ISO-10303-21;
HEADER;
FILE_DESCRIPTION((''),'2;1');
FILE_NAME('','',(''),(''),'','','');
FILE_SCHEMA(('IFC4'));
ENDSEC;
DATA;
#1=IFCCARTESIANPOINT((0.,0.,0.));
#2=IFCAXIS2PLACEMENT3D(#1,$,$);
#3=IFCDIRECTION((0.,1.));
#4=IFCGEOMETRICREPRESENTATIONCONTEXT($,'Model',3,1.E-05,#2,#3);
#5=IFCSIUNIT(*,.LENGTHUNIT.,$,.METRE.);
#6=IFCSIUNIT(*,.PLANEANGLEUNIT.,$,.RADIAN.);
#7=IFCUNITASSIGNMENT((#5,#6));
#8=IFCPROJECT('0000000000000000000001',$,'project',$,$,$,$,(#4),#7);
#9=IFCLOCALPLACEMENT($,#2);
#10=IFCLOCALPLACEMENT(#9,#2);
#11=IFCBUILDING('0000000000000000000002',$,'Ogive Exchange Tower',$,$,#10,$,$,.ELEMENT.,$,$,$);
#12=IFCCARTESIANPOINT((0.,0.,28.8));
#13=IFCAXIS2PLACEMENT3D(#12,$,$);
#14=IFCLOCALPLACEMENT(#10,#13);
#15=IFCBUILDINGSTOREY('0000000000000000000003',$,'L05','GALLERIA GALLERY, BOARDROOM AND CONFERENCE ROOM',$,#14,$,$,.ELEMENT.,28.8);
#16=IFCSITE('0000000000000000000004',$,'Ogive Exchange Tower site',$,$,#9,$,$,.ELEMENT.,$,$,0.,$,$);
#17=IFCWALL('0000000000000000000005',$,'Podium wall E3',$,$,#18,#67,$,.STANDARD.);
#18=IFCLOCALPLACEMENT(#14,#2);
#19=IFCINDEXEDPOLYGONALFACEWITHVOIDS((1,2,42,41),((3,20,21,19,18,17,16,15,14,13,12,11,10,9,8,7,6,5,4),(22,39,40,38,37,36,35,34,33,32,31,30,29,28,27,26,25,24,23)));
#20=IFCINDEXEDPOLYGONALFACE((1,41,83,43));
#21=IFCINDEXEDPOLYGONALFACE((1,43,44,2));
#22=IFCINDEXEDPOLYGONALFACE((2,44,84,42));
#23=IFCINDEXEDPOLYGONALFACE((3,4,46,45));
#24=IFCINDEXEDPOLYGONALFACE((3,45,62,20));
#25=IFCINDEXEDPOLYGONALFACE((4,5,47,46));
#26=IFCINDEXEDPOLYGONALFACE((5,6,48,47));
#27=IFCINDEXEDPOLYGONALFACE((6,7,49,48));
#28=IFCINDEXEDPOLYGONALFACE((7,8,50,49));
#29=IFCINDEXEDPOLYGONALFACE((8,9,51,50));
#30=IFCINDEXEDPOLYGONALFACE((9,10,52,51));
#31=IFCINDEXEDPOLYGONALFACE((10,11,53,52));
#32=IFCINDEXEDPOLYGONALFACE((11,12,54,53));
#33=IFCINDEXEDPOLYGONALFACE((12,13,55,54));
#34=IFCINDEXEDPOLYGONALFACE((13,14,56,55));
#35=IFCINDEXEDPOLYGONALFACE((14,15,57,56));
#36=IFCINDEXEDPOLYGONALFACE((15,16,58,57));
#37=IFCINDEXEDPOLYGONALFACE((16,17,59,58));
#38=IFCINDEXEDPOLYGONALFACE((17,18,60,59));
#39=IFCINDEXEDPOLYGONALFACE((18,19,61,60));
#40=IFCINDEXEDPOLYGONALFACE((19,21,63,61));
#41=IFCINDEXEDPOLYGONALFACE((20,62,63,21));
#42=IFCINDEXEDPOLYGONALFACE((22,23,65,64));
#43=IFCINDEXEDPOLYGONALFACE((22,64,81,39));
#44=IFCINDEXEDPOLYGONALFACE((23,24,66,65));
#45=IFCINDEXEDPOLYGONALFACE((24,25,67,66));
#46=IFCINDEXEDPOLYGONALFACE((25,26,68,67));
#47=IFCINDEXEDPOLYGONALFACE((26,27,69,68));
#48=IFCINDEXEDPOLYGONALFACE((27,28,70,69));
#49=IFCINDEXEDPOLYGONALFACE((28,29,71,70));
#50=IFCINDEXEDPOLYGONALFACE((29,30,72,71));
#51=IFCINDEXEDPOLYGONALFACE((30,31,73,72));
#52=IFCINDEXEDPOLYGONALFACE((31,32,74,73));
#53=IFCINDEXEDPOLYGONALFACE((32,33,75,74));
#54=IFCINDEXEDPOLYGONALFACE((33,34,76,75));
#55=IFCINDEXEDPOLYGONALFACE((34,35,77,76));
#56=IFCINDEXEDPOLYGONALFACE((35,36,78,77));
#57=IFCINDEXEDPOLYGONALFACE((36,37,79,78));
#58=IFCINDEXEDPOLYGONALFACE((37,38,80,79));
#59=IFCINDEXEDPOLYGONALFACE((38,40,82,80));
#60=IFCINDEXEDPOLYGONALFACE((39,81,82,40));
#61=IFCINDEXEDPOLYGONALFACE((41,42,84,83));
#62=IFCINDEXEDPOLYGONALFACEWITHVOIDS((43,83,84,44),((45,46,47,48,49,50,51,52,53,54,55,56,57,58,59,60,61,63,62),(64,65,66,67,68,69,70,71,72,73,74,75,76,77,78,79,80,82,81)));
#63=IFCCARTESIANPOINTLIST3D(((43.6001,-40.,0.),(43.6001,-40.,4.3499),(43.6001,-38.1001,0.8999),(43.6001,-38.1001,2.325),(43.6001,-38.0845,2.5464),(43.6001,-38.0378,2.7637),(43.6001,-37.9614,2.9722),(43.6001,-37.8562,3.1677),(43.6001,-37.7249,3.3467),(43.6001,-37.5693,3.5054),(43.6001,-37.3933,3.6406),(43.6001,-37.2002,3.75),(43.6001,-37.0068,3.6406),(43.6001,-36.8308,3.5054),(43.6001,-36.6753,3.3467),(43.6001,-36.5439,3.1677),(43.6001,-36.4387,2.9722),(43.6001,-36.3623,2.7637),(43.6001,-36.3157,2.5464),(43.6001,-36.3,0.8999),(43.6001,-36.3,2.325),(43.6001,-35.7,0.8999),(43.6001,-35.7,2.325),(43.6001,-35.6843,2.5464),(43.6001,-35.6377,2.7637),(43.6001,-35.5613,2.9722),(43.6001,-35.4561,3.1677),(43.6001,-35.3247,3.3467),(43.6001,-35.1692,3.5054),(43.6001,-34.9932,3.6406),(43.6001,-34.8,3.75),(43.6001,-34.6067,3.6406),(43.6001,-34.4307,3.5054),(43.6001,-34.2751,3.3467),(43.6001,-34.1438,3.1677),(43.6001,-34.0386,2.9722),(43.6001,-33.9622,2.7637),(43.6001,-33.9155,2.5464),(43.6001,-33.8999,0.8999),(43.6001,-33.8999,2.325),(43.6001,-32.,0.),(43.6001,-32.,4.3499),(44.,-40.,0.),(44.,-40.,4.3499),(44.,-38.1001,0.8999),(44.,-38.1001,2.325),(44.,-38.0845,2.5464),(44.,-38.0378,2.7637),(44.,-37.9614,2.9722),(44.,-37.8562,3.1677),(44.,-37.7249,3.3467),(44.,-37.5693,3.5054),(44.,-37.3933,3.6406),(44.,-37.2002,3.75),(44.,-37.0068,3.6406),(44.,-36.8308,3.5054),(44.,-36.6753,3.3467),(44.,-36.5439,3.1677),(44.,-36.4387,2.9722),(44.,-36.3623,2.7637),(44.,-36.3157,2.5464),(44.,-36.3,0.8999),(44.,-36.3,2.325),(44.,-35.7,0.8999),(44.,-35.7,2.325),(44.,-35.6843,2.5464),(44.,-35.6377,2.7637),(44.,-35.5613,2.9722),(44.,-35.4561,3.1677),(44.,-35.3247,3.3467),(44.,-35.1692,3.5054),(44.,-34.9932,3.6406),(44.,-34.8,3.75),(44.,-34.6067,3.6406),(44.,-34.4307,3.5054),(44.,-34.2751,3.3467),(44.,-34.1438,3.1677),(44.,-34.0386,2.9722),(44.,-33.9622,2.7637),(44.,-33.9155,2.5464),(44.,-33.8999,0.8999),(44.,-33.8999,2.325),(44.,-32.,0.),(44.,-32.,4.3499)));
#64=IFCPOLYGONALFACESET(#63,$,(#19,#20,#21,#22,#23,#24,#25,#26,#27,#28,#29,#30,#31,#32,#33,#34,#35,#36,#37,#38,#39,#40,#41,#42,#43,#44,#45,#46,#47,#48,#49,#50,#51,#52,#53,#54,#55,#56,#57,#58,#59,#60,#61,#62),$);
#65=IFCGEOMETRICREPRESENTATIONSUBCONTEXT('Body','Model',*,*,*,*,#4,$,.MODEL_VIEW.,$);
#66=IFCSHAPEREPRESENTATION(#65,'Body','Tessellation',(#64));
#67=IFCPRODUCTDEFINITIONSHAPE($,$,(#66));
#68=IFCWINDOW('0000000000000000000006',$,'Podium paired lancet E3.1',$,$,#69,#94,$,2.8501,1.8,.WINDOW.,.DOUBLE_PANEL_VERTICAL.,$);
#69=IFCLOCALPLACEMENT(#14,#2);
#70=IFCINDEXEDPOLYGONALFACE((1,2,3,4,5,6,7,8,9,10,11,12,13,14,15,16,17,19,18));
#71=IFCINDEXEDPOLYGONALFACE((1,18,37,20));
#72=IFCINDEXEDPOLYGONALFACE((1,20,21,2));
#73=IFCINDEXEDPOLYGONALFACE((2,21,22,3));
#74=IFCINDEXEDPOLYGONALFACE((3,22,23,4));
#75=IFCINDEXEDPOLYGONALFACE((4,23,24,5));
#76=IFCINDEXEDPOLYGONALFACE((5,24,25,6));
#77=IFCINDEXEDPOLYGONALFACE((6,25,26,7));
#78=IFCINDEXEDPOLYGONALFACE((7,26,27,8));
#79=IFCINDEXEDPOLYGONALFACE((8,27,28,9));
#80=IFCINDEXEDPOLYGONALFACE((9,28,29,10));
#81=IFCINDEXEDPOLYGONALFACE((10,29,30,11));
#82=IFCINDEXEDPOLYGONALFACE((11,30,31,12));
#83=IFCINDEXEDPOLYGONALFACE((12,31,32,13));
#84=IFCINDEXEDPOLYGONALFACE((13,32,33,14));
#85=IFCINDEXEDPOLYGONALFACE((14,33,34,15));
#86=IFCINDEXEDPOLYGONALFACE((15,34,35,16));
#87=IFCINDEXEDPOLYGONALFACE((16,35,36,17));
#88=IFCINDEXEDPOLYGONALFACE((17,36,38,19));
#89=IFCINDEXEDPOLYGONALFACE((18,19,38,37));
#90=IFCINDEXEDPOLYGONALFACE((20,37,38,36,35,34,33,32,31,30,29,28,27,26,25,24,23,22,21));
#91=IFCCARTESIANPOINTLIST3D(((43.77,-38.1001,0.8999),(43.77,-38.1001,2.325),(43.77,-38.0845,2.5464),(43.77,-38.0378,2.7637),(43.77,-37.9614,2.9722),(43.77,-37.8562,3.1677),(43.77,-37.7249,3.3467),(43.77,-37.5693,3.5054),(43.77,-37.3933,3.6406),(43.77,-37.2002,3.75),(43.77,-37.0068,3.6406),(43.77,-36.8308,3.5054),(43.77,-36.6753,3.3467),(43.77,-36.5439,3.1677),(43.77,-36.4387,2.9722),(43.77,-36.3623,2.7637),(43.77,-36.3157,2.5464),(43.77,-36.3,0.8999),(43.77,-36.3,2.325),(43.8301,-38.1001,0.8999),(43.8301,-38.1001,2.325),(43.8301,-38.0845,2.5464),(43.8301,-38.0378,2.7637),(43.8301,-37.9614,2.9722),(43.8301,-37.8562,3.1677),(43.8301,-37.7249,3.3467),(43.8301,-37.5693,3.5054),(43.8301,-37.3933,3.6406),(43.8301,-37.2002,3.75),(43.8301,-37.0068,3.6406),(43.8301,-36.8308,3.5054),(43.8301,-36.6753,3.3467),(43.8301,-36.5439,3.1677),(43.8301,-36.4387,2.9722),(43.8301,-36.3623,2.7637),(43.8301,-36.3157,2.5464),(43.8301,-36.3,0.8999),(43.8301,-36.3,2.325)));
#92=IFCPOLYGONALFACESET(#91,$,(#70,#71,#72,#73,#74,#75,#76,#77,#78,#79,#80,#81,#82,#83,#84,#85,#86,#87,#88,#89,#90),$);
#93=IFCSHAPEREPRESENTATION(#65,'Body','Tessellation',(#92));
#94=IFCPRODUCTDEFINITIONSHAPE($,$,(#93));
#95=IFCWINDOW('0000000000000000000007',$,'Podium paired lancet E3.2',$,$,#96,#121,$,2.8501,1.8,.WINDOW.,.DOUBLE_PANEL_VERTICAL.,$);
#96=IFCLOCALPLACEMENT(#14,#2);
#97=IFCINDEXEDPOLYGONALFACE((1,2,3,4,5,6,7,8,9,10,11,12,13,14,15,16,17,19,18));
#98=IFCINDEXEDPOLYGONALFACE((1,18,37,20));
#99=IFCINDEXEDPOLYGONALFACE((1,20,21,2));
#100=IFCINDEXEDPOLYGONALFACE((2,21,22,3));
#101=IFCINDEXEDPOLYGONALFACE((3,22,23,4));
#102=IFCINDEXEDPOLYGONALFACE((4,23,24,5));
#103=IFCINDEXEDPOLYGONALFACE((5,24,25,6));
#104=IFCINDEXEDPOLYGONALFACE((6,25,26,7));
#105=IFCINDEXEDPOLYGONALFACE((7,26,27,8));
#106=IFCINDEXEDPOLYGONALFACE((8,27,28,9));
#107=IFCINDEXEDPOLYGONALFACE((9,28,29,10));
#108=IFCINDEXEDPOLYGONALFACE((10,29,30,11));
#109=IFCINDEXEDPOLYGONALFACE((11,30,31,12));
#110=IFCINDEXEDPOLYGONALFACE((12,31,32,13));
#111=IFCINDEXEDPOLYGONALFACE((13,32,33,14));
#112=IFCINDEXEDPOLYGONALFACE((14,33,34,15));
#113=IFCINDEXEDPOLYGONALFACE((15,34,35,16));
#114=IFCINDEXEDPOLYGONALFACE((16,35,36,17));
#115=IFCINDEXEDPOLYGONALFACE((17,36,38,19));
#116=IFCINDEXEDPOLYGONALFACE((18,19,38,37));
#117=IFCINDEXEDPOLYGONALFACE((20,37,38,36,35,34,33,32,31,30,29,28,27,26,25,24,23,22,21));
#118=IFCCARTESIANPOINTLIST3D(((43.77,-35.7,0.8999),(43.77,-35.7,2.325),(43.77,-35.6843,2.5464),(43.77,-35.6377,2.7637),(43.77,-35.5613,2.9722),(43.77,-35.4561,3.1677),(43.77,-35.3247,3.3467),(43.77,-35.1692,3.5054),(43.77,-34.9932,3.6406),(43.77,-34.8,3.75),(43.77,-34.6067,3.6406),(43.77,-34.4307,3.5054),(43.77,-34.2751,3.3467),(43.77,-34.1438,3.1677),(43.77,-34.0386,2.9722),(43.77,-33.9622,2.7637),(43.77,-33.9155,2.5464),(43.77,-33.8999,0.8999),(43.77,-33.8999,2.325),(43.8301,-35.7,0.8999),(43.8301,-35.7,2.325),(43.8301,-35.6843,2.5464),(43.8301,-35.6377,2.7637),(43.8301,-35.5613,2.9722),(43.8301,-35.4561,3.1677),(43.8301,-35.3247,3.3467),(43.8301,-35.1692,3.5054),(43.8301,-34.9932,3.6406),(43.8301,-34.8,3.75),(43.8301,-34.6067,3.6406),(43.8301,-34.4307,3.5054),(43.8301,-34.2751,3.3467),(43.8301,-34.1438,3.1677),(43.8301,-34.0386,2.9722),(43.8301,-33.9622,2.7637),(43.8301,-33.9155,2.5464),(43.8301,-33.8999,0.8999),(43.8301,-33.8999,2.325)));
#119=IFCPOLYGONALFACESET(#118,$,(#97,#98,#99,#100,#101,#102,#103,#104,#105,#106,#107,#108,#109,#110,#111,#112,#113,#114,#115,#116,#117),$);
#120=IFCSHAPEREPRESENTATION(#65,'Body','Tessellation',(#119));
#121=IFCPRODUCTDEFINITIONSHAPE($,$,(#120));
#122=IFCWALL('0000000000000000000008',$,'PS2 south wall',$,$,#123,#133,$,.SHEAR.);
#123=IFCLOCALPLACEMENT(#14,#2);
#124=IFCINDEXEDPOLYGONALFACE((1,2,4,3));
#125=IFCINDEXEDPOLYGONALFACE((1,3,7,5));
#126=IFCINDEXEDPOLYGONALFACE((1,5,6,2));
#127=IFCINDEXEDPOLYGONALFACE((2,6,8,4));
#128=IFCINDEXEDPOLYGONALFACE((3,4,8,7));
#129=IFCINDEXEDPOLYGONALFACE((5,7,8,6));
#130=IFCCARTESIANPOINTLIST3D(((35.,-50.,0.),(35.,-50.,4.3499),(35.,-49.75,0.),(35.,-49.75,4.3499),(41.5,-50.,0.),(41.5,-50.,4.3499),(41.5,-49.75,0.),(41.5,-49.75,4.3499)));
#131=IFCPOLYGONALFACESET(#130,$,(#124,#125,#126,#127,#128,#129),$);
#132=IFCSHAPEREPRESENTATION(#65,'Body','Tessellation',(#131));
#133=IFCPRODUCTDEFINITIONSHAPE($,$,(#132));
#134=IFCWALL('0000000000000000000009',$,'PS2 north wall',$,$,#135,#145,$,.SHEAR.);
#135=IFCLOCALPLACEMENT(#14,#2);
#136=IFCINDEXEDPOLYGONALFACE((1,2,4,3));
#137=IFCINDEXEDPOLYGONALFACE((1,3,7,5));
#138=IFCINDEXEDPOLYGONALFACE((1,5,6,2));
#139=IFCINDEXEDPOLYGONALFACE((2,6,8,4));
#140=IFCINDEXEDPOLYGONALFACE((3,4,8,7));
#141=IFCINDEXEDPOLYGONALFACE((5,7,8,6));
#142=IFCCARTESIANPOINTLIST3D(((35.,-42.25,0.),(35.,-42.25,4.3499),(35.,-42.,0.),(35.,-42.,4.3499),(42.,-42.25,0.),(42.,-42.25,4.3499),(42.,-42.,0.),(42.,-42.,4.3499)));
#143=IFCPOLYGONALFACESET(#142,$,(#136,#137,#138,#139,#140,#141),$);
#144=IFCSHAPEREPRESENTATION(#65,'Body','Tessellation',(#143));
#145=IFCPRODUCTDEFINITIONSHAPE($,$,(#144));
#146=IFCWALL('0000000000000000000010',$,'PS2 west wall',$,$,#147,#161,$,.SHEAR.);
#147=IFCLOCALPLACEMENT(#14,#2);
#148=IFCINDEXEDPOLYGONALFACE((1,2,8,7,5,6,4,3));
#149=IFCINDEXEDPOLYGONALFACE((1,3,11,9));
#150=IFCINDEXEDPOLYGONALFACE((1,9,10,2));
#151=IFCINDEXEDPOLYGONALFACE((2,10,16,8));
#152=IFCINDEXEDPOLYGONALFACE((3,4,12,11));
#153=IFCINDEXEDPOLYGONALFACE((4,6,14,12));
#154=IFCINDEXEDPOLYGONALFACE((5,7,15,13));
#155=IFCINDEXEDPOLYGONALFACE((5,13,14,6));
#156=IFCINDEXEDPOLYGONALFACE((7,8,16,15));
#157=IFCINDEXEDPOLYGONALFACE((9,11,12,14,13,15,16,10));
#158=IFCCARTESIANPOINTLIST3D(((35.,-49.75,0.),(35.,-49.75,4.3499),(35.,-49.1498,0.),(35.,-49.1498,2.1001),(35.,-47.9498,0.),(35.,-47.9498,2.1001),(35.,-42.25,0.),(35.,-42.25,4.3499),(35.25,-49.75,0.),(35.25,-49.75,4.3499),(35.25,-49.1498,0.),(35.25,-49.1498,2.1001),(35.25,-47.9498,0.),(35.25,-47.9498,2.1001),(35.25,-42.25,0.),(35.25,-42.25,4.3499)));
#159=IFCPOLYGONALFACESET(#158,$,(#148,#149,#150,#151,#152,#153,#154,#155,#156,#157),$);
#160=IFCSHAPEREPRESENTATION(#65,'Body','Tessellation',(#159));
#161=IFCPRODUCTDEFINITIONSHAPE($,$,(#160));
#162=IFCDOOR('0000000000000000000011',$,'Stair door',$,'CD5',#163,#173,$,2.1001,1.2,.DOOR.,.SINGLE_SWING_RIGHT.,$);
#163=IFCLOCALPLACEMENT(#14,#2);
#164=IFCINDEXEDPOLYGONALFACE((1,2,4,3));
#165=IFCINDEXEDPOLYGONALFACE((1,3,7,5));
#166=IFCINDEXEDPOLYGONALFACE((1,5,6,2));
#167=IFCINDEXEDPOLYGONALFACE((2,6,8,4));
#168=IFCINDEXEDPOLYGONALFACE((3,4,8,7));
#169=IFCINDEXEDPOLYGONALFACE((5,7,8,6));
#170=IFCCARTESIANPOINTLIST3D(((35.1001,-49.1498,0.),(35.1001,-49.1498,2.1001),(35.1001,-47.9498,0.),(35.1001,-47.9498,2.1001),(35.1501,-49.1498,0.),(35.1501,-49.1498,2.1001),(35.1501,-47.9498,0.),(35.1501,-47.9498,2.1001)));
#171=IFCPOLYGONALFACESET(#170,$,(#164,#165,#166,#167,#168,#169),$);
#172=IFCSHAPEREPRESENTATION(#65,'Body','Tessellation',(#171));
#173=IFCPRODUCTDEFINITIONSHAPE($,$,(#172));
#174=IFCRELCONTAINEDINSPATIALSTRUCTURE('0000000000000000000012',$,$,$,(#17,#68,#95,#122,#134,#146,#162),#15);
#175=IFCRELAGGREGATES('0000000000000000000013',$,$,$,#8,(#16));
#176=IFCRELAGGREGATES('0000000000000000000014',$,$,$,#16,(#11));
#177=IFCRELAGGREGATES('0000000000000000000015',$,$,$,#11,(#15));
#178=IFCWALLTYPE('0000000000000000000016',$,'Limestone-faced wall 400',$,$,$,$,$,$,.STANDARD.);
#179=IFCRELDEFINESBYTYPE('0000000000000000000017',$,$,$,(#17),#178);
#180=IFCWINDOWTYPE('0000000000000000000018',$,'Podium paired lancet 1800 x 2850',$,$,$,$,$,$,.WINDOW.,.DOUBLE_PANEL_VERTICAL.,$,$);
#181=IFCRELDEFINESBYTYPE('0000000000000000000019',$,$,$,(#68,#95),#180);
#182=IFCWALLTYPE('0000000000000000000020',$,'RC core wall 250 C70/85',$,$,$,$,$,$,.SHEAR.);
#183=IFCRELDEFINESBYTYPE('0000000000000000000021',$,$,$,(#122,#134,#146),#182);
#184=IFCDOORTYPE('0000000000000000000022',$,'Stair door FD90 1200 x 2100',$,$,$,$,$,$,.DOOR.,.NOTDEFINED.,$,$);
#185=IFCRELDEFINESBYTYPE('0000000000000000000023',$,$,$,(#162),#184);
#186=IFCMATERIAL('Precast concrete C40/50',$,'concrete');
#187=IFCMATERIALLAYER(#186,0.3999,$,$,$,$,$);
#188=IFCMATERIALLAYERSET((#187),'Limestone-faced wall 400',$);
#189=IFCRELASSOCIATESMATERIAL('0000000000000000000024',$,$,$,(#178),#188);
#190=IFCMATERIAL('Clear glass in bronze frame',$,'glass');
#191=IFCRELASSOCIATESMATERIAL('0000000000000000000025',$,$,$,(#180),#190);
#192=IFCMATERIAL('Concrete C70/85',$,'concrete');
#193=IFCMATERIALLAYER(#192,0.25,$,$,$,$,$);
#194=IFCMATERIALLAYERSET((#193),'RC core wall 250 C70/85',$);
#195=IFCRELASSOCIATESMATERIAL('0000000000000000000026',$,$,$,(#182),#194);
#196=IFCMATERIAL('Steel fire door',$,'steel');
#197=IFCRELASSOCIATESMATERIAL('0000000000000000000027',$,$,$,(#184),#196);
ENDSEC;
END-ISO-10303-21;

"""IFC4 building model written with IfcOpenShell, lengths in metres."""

from ifc_helpers import new_model, si_unit, direction, frame, frame_2d, origin, place, context, subcontext, project, spatial, polyline, rectangle, outline, extrude, material, layer, layer_set, type_object, element, fill, save


model = new_model("IFC4")

# Units and contexts
model_context = context("Model", 3, precision=1e-05, world=origin(), true_north=direction((0.0, 1.0)))
body_context = subcontext(model_context, "Body", "Model", "MODEL_VIEW")
ifc_project = project(units=[si_unit("LENGTHUNIT", "METRE"), si_unit("PLANEANGLEUNIT", "RADIAN")], contexts=[model_context])

# Site, building, storey
site_placement = place(None, origin())
site = spatial("IfcSite", under=ifc_project, at=site_placement, Name="Ogive Exchange Tower site", CompositionType="ELEMENT", RefElevation=0.0)
building_placement = place(site_placement, origin())
building = spatial("IfcBuilding", under=site, at=building_placement, Name="Ogive Exchange Tower", CompositionType="ELEMENT")
storey_placement = place(building_placement, frame((0.0, 0.0, 28.8)))
storey = spatial("IfcBuildingStorey", under=building, at=storey_placement, Name="L05", Description="GALLERIA GALLERY, BOARDROOM AND CONFERENCE ROOM", CompositionType="ELEMENT", Elevation=28.8)

# Shared definitions
ifc_material_1 = material(Name="Concrete C70/85", Category="concrete")

# Shared definitions
ifc_material_2 = material(Name="Precast concrete C40/50", Category="concrete")
ifc_layer_1 = layer(ifc_material_2, 0.3999)
ifc_layer_set_1 = layer_set([ifc_layer_1], Name="Limestone-faced wall 400")
wall_type_1 = type_object("IfcWallType", Name="Limestone-faced wall 400", PredefinedType="STANDARD", material=ifc_layer_set_1)

# Shared definitions
ifc_material_3 = material(Name="Clear glass in bronze frame", Category="glass")

# Wall, openings, windows
wall_1_placement = place(storey_placement, frame((43.8, -40.0, 0.0), z_axis=(0.0, 0.0, 1.0), x_axis=(0.0, 1.0, 0.0)))
wall_1 = element("IfcWall", 1, at=wall_1_placement, inside=storey, type_object=wall_type_1, Name="Podium wall E3", PredefinedType="STANDARD", context=body_context, shape_type="SweptSolid", body=[
    extrude(rectangle(XDim=8.0, YDim=0.3999, at=frame_2d((4.0, 0.0))), origin(), (0.0, 0.0, 1.0), 4.3499),
])
opening_1_placement = place(wall_1_placement, frame((1.8999, 0.0, 0.8999)))
opening_1 = element("IfcOpeningElement", 2, at=opening_1_placement, cuts=wall_1, PredefinedType="OPENING", context=body_context, shape_type="SweptSolid", body=[
    extrude(outline(polyline([(0.0, 0.0), (1.8, 0.0), (1.8, 1.425), (1.7844, 1.6465), (1.7378, 1.8638), (1.6614, 2.0723), (1.5562, 2.2678), (1.4248, 2.4468), (1.2693, 2.6055), (1.0933, 2.7407), (0.8999, 2.8501), (0.7068, 2.7407), (0.5308, 2.6055), (0.3752, 2.4468), (0.2439, 2.2678), (0.1387, 2.0723), (0.0623, 1.8638), (0.0156, 1.6465), (0.0, 1.425), (0.0, 0.0)])), frame((0.0, 0.21, 0.0), z_axis=(0.0, -1.0, 0.0), x_axis=(1.0, 0.0, 0.0)), (0.0, 0.0, 1.0), 0.4199),
])
opening_2_placement = place(wall_1_placement, frame((4.3, 0.0, 0.8999)))
opening_2 = element("IfcOpeningElement", 3, at=opening_2_placement, cuts=wall_1, PredefinedType="OPENING", context=body_context, shape_type="SweptSolid", body=[
    extrude(outline(polyline([(0.0, 0.0), (1.8, 0.0), (1.8, 1.425), (1.7844, 1.6465), (1.7378, 1.8638), (1.6614, 2.0723), (1.5562, 2.2678), (1.4248, 2.4468), (1.2693, 2.6055), (1.0933, 2.7407), (0.8999, 2.8501), (0.7068, 2.7407), (0.5308, 2.6055), (0.3752, 2.4468), (0.2439, 2.2678), (0.1387, 2.0723), (0.0623, 1.8638), (0.0156, 1.6465), (0.0, 1.425), (0.0, 0.0)])), frame((0.0, 0.21, 0.0), z_axis=(0.0, -1.0, 0.0), x_axis=(1.0, 0.0, 0.0)), (0.0, 0.0, 1.0), 0.4199),
])
window_type_1 = type_object("IfcWindowType", Name="Podium paired lancet 1800 x 2850", PartitioningType="DOUBLE_PANEL_VERTICAL", PredefinedType="WINDOW", material=ifc_material_3)
window_1_placement = place(opening_1_placement, origin())
window_1 = element("IfcWindow", 4, at=window_1_placement, inside=storey, type_object=window_type_1, Name="Podium paired lancet E3.1", OverallHeight=2.8501, OverallWidth=1.8, PartitioningType="DOUBLE_PANEL_VERTICAL", PredefinedType="WINDOW", context=body_context, shape_type="SweptSolid", body=[
    extrude(outline(polyline([(0.0, 0.0), (1.8, 0.0), (1.8, 1.425), (1.7844, 1.6465), (1.7378, 1.8638), (1.6614, 2.0723), (1.5562, 2.2678), (1.4248, 2.4468), (1.2693, 2.6055), (1.0933, 2.7407), (0.8999, 2.8501), (0.7068, 2.7407), (0.5308, 2.6055), (0.3752, 2.4468), (0.2439, 2.2678), (0.1387, 2.0723), (0.0623, 1.8638), (0.0156, 1.6465), (0.0, 1.425), (0.0, 0.0)])), frame((0.0, 0.03, 0.0), z_axis=(0.0, -1.0, 0.0), x_axis=(1.0, 0.0, 0.0)), (0.0, 0.0, 1.0), 0.0601),
])
fill(opening_1, window_1)
window_2_placement = place(opening_2_placement, origin())
window_2 = element("IfcWindow", 5, at=window_2_placement, inside=storey, type_object=window_type_1, Name="Podium paired lancet E3.2", OverallHeight=2.8501, OverallWidth=1.8, PartitioningType="DOUBLE_PANEL_VERTICAL", PredefinedType="WINDOW", context=body_context, shape_type="SweptSolid", body=[
    extrude(outline(polyline([(0.0, 0.0), (1.8, 0.0), (1.8, 1.425), (1.7844, 1.6465), (1.7378, 1.8638), (1.6614, 2.0723), (1.5562, 2.2678), (1.4248, 2.4468), (1.2693, 2.6055), (1.0933, 2.7407), (0.8999, 2.8501), (0.7068, 2.7407), (0.5308, 2.6055), (0.3752, 2.4468), (0.2439, 2.2678), (0.1387, 2.0723), (0.0623, 1.8638), (0.0156, 1.6465), (0.0, 1.425), (0.0, 0.0)])), frame((0.0, 0.03, 0.0), z_axis=(0.0, -1.0, 0.0), x_axis=(1.0, 0.0, 0.0)), (0.0, 0.0, 1.0), 0.0601),
])
fill(opening_2, window_2)

# Walls
ifc_layer_2 = layer(ifc_material_1, 0.25)
ifc_layer_set_2 = layer_set([ifc_layer_2], Name="RC core wall 250 C70/85")
wall_type_2 = type_object("IfcWallType", Name="RC core wall 250 C70/85", PredefinedType="SHEAR", material=ifc_layer_set_2)
wall_2_placement = place(storey_placement, frame((35.0, -49.875, 0.0), z_axis=(0.0, 0.0, 1.0), x_axis=(1.0, 0.0, 0.0)))
element("IfcWall", 6, at=wall_2_placement, inside=storey, type_object=wall_type_2, Name="PS2 south wall", PredefinedType="SHEAR", context=body_context, shape_type="SweptSolid", body=[
    extrude(rectangle(XDim=6.5, YDim=0.25, at=frame_2d((3.25, 0.0))), origin(), (0.0, 0.0, 1.0), 4.3499),
])
wall_3_placement = place(storey_placement, frame((35.0, -42.125, 0.0), z_axis=(0.0, 0.0, 1.0), x_axis=(1.0, 0.0, 0.0)))
element("IfcWall", 7, at=wall_3_placement, inside=storey, type_object=wall_type_2, Name="PS2 north wall", PredefinedType="SHEAR", context=body_context, shape_type="SweptSolid", body=[
    extrude(rectangle(XDim=7.0, YDim=0.25, at=frame_2d((3.5, 0.0))), origin(), (0.0, 0.0, 1.0), 4.3499),
])

# Wall, opening, door
wall_4_placement = place(storey_placement, frame((35.125, -49.75, 0.0), z_axis=(0.0, 0.0, 1.0), x_axis=(0.0, 1.0, 0.0)))
wall_4 = element("IfcWall", 8, at=wall_4_placement, inside=storey, type_object=wall_type_2, Name="PS2 west wall", PredefinedType="SHEAR", context=body_context, shape_type="SweptSolid", body=[
    extrude(rectangle(XDim=7.5, YDim=0.25, at=frame_2d((3.75, 0.0))), origin(), (0.0, 0.0, 1.0), 4.3499),
])
opening_3_placement = place(wall_4_placement, frame((0.6001, 0.0, 0.0)))
opening_3 = element("IfcOpeningElement", 9, at=opening_3_placement, cuts=wall_4, PredefinedType="OPENING", context=body_context, shape_type="SweptSolid", body=[
    extrude(rectangle(XDim=1.2, YDim=2.1001, at=frame_2d((0.6001, 1.05))), frame((0.0, 0.135, 0.0), z_axis=(0.0, -1.0, 0.0), x_axis=(1.0, 0.0, 0.0)), (0.0, 0.0, 1.0), 0.27),
])
ifc_material_4 = material(Name="Steel fire door", Category="steel")
door_type_1 = type_object("IfcDoorType", Name="Stair door FD90 1200 x 2100", OperationType="NOTDEFINED", PredefinedType="DOOR", material=ifc_material_4)
door_1_placement = place(opening_3_placement, origin())
door_1 = element("IfcDoor", 10, at=door_1_placement, inside=storey, type_object=door_type_1, Name="Stair door", ObjectType="CD5", OperationType="SINGLE_SWING_RIGHT", OverallHeight=2.1001, OverallWidth=1.2, PredefinedType="DOOR", context=body_context, shape_type="SweptSolid", body=[
    extrude(rectangle(XDim=1.2, YDim=2.1001, at=frame_2d((0.6001, 1.05))), frame((0.0, 0.0249, 0.0), z_axis=(0.0, -1.0, 0.0), x_axis=(1.0, 0.0, 0.0)), (0.0, 0.0, 1.0), 0.05),
])
fill(opening_3, door_1)

save(model, "model.ifc")
